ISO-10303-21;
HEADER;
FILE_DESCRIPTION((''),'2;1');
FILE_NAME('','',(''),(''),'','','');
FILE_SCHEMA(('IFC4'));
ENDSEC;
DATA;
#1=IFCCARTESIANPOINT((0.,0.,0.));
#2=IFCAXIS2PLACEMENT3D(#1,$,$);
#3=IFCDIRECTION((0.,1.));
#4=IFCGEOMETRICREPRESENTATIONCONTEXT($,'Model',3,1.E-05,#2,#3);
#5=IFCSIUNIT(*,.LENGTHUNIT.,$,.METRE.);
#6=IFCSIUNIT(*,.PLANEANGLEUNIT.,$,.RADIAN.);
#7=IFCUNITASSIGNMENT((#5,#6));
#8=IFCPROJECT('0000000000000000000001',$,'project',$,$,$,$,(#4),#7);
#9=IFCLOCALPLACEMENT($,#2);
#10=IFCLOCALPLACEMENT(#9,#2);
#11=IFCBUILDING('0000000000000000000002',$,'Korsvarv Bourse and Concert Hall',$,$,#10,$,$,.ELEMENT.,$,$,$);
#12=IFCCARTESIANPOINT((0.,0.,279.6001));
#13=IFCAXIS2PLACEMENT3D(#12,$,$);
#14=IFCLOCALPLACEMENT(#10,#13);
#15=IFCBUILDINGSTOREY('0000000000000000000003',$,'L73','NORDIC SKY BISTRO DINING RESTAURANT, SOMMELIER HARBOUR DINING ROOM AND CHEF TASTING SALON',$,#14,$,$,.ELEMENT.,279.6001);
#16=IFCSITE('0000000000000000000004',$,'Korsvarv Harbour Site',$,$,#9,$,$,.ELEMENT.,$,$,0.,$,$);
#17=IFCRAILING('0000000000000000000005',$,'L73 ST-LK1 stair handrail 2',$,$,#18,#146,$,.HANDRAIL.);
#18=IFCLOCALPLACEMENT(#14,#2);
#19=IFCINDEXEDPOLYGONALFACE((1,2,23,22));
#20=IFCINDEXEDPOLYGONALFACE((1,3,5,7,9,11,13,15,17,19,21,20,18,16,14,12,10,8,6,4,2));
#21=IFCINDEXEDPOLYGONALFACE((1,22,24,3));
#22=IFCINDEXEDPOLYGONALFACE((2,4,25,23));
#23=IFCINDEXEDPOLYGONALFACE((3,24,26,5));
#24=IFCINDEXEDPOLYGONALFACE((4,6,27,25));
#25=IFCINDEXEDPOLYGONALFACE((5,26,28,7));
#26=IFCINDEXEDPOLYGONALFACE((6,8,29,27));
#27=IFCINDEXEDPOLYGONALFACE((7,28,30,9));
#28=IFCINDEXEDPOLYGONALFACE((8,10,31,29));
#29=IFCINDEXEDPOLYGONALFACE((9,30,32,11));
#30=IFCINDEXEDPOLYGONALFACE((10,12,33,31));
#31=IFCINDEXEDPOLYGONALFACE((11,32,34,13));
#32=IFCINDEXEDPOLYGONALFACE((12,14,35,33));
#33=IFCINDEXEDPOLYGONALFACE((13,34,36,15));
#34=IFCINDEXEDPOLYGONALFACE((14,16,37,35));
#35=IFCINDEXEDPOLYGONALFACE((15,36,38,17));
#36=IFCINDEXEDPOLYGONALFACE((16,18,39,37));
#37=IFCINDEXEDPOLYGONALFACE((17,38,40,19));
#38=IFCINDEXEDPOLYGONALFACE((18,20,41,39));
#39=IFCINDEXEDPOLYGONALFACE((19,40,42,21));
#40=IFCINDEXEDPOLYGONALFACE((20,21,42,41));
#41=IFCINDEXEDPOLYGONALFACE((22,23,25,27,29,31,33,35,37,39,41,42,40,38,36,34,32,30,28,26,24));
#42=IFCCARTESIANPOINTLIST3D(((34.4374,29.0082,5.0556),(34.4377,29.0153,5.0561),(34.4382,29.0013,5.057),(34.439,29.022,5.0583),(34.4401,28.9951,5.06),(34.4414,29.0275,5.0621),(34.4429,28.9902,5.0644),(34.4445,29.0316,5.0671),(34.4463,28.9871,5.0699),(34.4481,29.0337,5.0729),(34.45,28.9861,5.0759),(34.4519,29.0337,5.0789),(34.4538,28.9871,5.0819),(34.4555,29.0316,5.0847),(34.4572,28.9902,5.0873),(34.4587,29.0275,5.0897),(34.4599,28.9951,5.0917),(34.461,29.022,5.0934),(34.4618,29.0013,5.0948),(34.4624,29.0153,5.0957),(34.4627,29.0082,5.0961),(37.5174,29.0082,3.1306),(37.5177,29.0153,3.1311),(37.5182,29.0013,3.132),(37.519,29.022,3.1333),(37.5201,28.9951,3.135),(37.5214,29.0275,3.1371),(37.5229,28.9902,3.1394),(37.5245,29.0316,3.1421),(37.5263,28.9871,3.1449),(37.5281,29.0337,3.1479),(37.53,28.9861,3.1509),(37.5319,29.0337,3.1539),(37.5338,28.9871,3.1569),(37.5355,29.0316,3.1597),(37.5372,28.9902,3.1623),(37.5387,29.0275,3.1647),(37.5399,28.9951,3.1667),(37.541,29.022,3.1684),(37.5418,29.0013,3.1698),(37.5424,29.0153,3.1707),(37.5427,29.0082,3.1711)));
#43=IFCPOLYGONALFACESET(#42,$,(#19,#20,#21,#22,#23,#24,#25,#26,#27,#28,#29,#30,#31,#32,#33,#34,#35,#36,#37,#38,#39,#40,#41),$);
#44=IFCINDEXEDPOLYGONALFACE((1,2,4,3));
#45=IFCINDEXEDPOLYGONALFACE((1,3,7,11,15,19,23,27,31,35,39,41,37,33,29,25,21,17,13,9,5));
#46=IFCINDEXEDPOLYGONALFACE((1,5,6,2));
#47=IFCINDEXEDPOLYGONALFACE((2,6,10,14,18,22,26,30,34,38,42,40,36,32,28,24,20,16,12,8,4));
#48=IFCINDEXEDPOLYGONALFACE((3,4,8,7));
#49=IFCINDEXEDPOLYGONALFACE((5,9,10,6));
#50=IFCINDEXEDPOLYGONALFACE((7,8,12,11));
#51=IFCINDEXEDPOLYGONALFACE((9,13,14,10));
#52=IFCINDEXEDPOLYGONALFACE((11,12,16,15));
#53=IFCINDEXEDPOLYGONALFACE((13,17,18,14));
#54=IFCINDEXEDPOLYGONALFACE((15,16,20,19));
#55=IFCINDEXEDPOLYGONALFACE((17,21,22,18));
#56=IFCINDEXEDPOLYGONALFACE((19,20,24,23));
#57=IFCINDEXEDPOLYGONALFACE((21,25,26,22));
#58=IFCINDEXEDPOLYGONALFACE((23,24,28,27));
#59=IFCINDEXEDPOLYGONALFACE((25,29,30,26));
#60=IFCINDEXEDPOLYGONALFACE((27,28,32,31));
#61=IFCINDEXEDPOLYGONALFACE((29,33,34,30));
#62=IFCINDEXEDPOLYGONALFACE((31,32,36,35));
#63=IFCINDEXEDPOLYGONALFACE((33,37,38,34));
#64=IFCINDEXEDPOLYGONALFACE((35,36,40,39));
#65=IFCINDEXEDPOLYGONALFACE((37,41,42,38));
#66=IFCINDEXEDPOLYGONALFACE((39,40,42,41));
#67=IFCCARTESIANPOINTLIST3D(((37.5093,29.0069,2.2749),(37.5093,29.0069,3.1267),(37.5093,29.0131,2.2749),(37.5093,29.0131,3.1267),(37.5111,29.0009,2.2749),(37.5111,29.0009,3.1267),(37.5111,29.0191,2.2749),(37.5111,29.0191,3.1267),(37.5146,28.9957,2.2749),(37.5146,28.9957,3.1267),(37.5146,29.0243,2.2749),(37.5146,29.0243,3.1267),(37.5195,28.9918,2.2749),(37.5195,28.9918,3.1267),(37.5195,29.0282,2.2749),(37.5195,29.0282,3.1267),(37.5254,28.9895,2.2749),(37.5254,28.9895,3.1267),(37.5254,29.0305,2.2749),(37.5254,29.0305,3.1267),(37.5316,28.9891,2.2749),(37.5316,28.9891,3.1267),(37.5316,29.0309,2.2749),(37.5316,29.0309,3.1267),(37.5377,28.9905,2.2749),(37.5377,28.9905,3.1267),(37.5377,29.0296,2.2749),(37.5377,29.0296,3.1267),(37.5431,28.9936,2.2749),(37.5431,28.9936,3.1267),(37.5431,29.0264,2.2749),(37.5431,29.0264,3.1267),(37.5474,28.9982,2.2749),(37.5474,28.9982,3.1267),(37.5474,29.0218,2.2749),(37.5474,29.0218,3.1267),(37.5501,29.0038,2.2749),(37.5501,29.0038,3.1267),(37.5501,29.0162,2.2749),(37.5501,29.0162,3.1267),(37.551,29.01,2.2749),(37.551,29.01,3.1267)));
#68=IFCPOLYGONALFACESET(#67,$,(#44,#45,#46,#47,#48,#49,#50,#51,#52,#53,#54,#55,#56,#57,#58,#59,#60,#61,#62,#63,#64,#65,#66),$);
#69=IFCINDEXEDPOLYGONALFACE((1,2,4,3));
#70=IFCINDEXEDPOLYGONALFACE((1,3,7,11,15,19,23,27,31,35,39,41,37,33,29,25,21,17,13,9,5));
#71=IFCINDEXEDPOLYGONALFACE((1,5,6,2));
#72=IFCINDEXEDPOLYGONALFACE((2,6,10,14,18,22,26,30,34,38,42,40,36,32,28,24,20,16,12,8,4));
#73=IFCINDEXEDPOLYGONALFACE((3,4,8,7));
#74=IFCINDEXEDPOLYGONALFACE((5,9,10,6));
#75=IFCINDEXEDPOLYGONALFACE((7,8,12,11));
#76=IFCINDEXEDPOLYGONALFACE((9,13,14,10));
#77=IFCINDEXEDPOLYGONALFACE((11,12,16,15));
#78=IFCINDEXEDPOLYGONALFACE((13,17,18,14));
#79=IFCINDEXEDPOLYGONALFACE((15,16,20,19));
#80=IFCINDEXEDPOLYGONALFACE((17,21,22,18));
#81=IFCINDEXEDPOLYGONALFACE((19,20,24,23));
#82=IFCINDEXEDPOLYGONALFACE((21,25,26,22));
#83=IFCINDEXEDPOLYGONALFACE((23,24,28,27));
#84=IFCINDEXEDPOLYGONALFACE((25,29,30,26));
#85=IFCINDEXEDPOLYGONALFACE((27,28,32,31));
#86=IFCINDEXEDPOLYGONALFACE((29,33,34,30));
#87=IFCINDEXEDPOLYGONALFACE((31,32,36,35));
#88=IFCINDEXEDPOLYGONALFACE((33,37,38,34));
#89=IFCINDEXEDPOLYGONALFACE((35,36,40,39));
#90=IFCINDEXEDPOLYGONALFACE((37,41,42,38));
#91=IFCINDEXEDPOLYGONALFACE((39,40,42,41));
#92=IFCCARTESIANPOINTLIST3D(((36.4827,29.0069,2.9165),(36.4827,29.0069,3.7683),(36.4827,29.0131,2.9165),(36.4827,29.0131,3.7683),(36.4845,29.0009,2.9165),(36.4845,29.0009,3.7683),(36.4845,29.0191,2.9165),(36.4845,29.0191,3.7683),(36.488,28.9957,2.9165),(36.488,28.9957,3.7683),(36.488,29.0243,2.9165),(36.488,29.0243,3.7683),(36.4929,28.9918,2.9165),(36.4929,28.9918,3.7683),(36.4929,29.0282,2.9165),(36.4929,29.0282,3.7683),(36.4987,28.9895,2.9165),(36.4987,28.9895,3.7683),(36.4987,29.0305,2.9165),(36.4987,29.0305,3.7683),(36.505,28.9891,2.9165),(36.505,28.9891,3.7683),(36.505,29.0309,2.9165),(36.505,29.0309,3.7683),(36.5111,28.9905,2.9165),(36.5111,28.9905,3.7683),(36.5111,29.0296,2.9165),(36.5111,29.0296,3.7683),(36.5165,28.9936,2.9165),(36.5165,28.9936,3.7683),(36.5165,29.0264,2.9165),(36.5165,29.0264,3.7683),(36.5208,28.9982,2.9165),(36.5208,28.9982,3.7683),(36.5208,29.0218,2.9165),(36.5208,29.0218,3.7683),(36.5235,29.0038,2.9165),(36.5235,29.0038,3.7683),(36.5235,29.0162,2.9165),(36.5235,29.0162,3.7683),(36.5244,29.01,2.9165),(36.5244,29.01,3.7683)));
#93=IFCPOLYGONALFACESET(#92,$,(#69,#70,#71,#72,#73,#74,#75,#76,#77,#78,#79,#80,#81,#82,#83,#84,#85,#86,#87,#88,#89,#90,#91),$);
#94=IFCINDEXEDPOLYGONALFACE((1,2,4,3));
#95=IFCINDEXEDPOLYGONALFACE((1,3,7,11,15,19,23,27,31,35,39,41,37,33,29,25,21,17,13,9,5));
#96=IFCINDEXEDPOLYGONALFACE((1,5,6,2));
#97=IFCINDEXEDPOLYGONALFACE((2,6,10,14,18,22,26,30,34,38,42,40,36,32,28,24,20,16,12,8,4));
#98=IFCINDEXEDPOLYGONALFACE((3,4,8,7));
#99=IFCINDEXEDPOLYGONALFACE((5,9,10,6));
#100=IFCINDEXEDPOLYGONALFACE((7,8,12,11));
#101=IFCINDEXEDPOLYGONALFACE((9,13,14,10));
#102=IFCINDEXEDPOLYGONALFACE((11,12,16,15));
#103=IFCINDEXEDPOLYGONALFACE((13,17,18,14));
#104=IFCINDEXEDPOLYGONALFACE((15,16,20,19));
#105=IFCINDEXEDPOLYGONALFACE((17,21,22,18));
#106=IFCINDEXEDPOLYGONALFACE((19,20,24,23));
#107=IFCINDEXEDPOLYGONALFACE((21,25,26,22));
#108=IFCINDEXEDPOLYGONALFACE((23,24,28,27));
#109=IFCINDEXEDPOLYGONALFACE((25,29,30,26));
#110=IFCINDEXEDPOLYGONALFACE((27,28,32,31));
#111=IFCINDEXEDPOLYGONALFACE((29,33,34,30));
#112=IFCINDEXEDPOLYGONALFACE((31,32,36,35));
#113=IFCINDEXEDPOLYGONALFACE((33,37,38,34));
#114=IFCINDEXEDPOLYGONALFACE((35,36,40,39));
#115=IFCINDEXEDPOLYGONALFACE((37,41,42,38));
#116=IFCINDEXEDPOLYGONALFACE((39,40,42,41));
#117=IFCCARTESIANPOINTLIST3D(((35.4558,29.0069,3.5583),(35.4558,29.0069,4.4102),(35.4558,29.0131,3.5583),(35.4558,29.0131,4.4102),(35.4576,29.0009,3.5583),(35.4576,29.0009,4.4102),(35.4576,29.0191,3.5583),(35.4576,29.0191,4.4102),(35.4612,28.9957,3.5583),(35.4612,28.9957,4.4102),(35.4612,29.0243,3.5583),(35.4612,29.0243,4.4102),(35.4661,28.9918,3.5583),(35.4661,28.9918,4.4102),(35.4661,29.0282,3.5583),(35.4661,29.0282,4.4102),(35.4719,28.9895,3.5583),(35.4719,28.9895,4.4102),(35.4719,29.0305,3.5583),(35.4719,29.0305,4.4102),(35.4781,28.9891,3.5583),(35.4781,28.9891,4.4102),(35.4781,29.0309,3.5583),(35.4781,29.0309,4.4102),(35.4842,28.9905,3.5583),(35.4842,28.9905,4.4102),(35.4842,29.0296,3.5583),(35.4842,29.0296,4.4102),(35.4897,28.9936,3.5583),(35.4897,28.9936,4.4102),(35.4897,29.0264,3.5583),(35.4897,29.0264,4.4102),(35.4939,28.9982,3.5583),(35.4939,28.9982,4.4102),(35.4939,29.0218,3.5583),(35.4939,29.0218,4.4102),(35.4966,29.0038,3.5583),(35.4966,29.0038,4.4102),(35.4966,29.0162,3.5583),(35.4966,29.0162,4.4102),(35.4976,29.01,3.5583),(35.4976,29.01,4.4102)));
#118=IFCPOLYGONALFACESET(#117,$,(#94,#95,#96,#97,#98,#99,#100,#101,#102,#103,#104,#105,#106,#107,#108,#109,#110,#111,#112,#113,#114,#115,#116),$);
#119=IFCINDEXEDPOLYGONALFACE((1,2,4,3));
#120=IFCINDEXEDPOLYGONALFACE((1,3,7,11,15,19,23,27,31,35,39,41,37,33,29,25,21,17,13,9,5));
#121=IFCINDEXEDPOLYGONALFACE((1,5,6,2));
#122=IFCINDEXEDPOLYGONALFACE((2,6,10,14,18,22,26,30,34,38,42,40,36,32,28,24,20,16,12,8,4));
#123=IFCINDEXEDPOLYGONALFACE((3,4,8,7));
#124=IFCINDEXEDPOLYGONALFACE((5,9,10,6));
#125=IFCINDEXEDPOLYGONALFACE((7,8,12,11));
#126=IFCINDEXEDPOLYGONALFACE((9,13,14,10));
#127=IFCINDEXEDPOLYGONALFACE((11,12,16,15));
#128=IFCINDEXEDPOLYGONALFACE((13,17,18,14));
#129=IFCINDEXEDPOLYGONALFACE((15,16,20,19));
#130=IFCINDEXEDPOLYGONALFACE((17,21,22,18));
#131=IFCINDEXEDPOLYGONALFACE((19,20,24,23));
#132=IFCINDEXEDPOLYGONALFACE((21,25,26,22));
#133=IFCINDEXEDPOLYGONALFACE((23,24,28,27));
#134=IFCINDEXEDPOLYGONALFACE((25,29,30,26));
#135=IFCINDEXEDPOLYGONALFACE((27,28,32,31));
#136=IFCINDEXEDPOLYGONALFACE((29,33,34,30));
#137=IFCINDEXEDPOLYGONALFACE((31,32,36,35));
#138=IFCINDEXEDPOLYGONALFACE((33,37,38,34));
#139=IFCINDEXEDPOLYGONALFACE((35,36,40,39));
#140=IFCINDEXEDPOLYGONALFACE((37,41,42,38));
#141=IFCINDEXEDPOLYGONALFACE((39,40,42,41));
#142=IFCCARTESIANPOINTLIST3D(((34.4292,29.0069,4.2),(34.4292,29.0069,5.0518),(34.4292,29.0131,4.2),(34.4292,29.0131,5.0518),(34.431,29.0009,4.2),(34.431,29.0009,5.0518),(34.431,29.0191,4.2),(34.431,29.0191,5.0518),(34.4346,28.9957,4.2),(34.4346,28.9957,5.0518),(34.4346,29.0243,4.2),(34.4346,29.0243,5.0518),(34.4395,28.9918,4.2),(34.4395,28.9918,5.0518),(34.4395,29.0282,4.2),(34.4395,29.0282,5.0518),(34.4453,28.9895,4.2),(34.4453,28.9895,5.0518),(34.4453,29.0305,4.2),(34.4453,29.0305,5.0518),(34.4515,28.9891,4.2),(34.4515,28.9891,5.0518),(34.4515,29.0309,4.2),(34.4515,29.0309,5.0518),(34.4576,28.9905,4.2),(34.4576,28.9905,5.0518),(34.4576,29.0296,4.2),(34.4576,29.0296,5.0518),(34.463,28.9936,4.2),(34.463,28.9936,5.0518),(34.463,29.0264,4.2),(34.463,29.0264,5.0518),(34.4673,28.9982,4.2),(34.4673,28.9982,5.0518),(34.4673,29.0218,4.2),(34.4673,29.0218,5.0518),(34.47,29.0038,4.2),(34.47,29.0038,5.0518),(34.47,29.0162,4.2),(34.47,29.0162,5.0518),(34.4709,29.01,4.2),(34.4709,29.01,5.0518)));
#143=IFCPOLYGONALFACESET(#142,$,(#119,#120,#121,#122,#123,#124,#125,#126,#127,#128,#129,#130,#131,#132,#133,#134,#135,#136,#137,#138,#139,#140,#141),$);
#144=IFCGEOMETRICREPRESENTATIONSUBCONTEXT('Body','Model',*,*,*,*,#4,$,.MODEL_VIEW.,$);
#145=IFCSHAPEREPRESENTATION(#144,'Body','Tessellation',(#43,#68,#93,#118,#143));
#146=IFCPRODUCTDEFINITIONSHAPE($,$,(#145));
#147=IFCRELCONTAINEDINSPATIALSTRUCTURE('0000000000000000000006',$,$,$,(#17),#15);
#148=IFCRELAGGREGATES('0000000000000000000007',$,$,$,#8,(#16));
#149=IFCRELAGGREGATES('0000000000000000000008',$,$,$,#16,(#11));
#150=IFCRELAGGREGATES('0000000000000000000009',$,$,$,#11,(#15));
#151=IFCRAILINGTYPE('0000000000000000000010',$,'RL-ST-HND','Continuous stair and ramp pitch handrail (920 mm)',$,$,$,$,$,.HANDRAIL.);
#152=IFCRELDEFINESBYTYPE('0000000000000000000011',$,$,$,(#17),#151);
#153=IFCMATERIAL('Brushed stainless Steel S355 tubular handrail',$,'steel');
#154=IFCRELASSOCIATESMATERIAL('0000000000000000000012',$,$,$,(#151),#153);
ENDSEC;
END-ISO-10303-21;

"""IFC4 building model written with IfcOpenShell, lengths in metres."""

from ifc_helpers import new_model, si_unit, direction, frame, origin, origin_2d, place, context, subcontext, project, spatial, circle, extrude, material, type_object, element, save


model = new_model("IFC4")

# Units and contexts
model_context = context("Model", 3, precision=1e-05, world=origin(), true_north=direction((0.0, 1.0)))
body_context = subcontext(model_context, "Body", "Model", "MODEL_VIEW")
ifc_project = project(units=[si_unit("LENGTHUNIT", "METRE"), si_unit("PLANEANGLEUNIT", "RADIAN")], contexts=[model_context])

# Site, building, storey
site_placement = place(None, origin())
site = spatial("IfcSite", under=ifc_project, at=site_placement, Name="Korsvarv Harbour Site", CompositionType="ELEMENT", RefElevation=0.0)
building_placement = place(site_placement, origin())
building = spatial("IfcBuilding", under=site, at=building_placement, Name="Korsvarv Bourse and Concert Hall", CompositionType="ELEMENT")
storey_placement = place(building_placement, frame((0.0, 0.0, 279.6001)))
storey = spatial("IfcBuildingStorey", under=building, at=storey_placement, Name="L73", Description="NORDIC SKY BISTRO DINING RESTAURANT, SOMMELIER HARBOUR DINING ROOM AND CHEF TASTING SALON", CompositionType="ELEMENT", Elevation=279.6001)

# Railing
ifc_material_1 = material(Name="Brushed stainless Steel S355 tubular handrail", Category="steel")
railing_type_1 = type_object("IfcRailingType", Name="RL-ST-HND", Description="Continuous stair and ramp pitch handrail (920 mm)", PredefinedType="HANDRAIL", material=ifc_material_1)
railing_1_placement = place(storey_placement, frame((37.53, 29.01, 2.2749)))
element("IfcRailing", 1, at=railing_1_placement, inside=storey, type_object=railing_type_1, Name="L73 ST-LK1 stair handrail 2", PredefinedType="HANDRAIL", context=body_context, shape_type="SweptSolid", body=[
    extrude(circle(Radius=0.0239, at=origin_2d()), frame((0.0, 0.0, 0.876), z_axis=(-0.847998, 0.0, 0.529999), x_axis=(0.0, -1.0, 0.0)), (0.0, 0.0, 1.0), 3.6321),
    extrude(circle(Radius=0.021, at=origin_2d()), origin(), (0.0, 0.0, 1.0), 0.8518),
    extrude(circle(Radius=0.021, at=origin_2d()), frame((-1.0266, 0.0, 0.6416)), (0.0, 0.0, 1.0), 0.8518),
    extrude(circle(Radius=0.021, at=origin_2d()), frame((-2.0535, 0.0, 1.2834)), (0.0, 0.0, 1.0), 0.8518),
    extrude(circle(Radius=0.021, at=origin_2d()), frame((-3.0801, 0.0, 1.925)), (0.0, 0.0, 1.0), 0.8518),
])

save(model, "model.ifc")
